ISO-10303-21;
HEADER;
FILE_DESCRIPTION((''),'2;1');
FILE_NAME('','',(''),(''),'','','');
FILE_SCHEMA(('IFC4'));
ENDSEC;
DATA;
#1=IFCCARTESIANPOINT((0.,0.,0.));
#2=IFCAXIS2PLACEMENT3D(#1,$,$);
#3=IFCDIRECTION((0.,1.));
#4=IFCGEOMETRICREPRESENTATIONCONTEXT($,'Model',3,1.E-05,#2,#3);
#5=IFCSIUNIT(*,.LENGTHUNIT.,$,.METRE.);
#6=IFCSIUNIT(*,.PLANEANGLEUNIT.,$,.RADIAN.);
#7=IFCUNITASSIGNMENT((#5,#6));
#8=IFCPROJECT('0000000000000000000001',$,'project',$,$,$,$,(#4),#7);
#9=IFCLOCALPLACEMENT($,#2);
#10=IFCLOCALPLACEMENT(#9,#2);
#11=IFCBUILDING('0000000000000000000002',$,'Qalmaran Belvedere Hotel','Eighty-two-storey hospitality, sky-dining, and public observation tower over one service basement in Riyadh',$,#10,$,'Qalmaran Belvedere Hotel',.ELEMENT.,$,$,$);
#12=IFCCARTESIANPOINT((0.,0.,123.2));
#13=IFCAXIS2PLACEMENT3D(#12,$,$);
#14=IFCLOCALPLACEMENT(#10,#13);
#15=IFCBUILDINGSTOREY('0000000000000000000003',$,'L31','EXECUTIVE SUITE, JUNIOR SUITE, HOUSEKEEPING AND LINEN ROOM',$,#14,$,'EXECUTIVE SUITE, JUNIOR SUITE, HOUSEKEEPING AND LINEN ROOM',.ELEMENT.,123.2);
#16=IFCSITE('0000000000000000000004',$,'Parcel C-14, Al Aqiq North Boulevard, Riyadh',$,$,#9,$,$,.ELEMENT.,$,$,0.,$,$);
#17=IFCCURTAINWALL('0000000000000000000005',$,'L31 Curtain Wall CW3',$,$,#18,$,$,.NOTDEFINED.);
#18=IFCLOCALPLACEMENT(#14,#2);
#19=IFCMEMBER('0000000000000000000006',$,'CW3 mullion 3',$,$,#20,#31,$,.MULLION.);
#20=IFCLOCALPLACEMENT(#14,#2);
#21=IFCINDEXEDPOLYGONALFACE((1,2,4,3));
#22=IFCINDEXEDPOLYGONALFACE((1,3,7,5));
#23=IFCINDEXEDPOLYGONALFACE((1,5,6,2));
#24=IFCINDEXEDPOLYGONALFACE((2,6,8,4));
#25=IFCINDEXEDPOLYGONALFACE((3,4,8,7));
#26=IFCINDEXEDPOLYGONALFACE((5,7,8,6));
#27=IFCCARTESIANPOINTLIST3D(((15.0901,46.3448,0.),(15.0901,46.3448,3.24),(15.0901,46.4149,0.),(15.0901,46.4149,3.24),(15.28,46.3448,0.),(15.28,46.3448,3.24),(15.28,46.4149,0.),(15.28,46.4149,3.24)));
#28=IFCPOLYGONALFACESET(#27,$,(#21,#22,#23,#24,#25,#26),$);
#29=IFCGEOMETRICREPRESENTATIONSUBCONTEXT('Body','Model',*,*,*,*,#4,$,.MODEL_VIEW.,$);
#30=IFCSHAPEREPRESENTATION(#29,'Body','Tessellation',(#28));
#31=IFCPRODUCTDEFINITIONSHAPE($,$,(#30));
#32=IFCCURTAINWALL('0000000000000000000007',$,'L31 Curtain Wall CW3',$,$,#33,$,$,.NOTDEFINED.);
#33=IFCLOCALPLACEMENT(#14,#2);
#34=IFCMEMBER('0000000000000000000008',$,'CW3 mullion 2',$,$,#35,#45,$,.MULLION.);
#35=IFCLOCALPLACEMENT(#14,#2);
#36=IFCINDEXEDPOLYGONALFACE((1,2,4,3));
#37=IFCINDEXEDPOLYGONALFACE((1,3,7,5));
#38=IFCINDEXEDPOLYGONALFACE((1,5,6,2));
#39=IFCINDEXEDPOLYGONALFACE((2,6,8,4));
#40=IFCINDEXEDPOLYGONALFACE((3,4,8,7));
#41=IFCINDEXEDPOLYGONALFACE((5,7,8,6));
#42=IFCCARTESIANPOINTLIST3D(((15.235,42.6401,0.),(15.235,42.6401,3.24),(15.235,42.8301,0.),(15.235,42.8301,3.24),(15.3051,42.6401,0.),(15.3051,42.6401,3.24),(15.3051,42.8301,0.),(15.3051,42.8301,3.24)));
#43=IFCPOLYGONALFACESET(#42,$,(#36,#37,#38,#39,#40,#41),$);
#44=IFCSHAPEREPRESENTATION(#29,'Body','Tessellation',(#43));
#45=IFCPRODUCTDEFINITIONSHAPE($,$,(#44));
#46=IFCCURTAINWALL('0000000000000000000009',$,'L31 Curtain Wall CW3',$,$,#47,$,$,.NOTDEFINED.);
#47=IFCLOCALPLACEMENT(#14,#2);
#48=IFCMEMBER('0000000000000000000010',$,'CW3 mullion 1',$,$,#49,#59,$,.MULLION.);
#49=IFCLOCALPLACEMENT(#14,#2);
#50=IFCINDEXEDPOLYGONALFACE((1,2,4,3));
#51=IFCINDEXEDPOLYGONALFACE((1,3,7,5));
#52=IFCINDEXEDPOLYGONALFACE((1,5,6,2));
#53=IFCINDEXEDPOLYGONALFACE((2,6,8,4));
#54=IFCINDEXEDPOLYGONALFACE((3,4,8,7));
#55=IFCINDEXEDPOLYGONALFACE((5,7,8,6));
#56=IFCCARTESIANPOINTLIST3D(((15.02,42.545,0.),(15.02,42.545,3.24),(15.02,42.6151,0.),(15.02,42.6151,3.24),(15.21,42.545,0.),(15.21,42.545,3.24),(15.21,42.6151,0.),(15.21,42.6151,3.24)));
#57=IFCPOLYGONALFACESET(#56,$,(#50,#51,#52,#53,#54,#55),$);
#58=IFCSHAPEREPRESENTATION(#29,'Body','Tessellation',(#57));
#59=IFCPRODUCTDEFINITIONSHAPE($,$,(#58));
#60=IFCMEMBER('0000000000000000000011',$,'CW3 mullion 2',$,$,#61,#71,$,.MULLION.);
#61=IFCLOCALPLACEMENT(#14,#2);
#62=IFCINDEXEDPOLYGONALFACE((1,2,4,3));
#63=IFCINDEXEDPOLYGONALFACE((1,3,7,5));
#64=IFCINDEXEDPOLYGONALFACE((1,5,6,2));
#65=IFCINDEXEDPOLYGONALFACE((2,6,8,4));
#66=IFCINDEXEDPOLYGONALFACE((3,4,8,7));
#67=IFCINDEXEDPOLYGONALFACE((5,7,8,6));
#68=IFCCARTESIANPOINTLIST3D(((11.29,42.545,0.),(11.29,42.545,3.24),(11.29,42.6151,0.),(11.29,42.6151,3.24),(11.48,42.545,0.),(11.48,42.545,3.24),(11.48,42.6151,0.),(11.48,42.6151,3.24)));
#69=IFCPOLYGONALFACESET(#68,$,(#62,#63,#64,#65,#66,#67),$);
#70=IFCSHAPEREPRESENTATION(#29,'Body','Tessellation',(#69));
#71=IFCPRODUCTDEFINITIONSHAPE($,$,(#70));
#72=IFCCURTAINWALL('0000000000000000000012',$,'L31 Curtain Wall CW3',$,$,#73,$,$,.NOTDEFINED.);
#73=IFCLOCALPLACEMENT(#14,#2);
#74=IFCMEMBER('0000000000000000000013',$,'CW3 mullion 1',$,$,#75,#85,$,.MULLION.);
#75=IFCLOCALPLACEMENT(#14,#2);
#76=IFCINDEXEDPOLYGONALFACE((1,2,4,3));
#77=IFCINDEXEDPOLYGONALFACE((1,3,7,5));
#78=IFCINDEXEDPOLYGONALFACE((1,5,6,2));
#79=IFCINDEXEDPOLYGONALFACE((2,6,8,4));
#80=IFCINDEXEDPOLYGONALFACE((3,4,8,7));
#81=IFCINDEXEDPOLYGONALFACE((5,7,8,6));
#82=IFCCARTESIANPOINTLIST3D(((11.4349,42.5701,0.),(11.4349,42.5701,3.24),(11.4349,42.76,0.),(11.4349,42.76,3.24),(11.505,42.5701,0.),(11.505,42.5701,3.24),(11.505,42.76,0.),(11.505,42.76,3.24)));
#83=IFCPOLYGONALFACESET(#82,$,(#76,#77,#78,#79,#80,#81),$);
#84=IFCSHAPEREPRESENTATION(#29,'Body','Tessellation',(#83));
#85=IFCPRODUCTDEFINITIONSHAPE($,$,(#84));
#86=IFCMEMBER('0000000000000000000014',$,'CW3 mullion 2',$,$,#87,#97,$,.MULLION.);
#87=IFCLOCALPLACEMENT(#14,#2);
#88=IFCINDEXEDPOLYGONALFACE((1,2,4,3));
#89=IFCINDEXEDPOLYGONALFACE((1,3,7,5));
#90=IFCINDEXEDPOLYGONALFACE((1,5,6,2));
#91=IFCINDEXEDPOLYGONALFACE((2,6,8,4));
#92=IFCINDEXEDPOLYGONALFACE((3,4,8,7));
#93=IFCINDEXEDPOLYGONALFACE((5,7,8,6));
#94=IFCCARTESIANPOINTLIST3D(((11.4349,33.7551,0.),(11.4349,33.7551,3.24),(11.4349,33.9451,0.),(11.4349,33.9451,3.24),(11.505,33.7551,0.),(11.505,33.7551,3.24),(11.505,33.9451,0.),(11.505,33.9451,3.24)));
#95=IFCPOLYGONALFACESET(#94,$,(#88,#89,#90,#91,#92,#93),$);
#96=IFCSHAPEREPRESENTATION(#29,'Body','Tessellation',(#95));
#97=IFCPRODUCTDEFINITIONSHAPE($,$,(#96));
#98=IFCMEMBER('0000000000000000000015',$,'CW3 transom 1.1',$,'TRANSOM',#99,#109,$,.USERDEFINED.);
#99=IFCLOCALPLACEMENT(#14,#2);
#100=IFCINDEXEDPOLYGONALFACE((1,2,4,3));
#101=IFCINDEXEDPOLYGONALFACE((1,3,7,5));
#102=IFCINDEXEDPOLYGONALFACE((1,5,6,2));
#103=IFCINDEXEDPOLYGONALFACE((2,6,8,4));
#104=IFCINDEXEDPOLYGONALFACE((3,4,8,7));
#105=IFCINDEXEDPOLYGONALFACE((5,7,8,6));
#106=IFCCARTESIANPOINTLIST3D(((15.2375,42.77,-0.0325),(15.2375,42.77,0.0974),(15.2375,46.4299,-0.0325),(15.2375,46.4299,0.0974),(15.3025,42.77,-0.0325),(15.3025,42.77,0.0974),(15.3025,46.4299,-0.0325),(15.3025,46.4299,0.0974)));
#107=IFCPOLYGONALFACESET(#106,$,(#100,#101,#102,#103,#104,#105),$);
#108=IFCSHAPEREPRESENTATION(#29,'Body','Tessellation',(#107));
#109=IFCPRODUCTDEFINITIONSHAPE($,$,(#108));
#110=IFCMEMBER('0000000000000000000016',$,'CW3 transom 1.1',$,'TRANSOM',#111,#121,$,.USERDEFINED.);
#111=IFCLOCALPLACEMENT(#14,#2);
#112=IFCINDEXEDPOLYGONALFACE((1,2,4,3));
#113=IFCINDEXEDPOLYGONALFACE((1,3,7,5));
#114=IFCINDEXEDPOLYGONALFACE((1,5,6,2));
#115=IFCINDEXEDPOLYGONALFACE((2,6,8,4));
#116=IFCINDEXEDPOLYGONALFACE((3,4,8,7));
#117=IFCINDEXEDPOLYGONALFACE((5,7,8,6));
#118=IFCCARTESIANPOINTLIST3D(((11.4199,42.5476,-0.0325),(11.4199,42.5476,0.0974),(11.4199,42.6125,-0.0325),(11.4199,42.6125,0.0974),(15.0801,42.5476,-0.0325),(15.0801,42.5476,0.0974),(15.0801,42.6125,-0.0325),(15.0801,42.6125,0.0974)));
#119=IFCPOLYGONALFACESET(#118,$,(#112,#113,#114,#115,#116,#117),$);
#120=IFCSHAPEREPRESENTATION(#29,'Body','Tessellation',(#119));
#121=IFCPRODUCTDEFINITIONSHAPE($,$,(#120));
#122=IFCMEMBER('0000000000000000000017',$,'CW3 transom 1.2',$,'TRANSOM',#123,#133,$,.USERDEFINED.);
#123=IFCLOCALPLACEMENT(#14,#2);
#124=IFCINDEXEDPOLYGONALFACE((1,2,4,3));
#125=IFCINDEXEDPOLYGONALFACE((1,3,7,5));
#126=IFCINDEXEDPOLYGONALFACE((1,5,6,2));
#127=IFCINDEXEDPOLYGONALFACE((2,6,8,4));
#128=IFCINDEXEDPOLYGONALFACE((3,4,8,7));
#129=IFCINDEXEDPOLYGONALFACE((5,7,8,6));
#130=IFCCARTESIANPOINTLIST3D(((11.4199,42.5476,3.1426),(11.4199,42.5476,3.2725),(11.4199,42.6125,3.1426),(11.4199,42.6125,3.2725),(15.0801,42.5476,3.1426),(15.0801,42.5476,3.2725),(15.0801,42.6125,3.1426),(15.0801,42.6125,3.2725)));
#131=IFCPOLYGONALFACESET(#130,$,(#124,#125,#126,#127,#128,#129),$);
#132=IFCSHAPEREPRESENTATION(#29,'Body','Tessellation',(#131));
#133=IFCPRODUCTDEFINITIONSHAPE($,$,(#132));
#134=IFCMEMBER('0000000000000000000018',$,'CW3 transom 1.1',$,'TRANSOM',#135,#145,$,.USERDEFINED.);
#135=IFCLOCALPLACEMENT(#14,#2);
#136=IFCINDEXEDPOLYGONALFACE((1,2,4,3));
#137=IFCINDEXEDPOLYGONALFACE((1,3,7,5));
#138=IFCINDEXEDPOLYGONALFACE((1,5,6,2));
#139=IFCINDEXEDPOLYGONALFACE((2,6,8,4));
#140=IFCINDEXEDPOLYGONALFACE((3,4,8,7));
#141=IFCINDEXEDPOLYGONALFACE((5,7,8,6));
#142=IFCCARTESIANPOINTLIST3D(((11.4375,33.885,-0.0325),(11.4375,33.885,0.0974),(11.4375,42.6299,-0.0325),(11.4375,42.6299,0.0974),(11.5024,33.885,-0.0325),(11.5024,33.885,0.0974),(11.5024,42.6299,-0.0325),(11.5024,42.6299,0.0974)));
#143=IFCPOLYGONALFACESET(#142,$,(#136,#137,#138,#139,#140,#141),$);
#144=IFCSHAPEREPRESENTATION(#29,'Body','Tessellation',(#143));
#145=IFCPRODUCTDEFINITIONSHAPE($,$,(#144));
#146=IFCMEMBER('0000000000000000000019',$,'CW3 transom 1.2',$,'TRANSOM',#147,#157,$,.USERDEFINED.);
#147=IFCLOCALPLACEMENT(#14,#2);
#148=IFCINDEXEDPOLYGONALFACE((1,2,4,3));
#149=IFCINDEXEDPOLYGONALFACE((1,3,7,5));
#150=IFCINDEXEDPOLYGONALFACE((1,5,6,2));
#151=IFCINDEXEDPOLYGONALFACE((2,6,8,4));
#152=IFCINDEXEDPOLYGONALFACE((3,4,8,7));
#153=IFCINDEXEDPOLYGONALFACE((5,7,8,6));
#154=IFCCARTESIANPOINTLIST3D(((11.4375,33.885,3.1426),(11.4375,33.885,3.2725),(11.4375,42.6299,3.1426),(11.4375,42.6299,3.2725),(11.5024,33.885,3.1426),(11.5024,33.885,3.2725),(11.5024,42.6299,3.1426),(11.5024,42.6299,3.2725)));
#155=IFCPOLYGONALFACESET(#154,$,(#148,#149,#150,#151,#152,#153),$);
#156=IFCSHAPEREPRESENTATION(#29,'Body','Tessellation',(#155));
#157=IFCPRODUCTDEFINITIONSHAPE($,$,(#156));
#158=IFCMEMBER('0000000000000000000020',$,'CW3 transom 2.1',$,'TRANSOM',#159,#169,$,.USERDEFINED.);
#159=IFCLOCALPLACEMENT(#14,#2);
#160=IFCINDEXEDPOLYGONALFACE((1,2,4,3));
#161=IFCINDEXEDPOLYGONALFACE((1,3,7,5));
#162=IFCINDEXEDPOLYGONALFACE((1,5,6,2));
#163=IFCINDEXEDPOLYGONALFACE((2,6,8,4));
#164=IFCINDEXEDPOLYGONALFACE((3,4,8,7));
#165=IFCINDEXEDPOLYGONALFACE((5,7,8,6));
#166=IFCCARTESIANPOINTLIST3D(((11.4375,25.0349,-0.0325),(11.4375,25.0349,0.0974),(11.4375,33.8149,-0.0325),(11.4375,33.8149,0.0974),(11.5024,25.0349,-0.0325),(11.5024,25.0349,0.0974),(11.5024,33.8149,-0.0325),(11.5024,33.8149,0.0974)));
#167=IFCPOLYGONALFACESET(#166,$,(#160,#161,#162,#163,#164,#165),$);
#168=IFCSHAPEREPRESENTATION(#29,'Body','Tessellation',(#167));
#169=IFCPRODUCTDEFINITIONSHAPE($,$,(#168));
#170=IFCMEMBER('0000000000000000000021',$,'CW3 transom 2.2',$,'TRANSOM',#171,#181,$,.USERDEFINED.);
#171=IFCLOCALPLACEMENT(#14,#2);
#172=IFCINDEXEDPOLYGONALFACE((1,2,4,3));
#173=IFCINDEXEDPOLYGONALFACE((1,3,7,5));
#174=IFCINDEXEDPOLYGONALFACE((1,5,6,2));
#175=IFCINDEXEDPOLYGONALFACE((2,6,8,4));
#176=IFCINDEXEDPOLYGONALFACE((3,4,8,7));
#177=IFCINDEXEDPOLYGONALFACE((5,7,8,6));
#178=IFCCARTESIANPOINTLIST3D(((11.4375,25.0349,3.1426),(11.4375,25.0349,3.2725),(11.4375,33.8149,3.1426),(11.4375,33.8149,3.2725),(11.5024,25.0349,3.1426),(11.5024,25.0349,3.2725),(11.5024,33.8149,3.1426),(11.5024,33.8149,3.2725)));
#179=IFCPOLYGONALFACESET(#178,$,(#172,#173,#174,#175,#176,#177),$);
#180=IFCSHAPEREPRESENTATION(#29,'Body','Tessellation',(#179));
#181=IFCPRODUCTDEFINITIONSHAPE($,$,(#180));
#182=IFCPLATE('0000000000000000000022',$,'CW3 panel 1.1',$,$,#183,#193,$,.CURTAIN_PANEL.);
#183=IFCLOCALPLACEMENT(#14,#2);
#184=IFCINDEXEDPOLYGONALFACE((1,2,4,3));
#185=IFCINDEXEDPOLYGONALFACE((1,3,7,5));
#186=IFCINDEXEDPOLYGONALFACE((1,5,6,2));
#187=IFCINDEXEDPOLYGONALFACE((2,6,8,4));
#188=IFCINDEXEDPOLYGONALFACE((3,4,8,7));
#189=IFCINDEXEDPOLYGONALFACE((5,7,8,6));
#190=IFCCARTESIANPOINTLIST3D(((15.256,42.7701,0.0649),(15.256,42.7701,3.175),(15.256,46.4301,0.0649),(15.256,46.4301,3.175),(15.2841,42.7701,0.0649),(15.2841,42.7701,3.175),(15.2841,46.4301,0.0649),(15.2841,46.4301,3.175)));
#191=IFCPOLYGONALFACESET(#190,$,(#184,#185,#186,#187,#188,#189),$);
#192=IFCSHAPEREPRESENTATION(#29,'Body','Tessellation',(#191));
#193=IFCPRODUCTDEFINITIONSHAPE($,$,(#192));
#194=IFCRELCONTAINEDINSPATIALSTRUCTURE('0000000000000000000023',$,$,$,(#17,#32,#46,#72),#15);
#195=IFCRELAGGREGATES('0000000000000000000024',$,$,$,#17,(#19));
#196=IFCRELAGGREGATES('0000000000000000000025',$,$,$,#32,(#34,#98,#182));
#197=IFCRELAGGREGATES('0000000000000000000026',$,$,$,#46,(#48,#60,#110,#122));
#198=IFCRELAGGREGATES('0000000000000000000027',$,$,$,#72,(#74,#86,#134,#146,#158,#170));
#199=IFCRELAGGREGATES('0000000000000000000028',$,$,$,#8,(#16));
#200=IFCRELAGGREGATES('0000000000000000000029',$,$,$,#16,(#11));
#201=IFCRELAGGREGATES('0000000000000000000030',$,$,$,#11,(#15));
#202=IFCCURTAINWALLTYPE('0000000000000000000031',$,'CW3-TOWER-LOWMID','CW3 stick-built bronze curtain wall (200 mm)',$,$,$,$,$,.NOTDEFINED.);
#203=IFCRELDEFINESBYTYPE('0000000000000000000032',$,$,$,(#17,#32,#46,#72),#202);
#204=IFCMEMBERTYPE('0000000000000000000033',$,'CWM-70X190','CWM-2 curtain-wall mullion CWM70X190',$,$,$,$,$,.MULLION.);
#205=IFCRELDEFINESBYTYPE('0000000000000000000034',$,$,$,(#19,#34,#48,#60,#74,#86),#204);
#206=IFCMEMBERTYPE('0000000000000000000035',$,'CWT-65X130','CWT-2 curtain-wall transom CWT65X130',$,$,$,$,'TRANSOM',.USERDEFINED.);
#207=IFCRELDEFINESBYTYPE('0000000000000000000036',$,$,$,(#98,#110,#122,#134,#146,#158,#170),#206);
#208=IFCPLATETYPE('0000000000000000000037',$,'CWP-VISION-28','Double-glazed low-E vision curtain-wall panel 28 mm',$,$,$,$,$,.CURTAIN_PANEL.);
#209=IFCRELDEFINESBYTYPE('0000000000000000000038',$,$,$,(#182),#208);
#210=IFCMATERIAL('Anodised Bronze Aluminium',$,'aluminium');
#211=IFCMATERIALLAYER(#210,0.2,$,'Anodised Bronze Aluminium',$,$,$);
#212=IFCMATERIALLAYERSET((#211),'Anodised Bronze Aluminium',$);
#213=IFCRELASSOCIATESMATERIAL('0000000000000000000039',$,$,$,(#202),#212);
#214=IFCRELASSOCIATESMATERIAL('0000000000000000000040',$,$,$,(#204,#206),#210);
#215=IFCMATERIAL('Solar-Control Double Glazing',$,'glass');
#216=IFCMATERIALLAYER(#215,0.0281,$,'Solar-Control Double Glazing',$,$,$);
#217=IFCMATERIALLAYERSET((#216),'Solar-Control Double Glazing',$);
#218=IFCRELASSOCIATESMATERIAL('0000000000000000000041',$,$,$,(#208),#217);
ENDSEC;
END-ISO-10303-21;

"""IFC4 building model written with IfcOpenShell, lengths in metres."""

from ifc_helpers import new_model, si_unit, direction, frame, origin, origin_2d, place, context, subcontext, project, spatial, rectangle, extrude, material, layer, layer_set, material_profile, profile_set, type_object, element, aggregate, save


model = new_model("IFC4")

# Units and contexts
model_context = context("Model", 3, precision=1e-05, world=origin(), true_north=direction((0.0, 1.0)))
body_context = subcontext(model_context, "Body", "Model", "MODEL_VIEW")
ifc_project = project(units=[si_unit("LENGTHUNIT", "METRE"), si_unit("PLANEANGLEUNIT", "RADIAN")], contexts=[model_context])

# Site, building, storey
site_placement = place(None, origin())
site = spatial("IfcSite", under=ifc_project, at=site_placement, Name="Parcel C-14, Al Aqiq North Boulevard, Riyadh", CompositionType="ELEMENT", RefElevation=0.0)
building_placement = place(site_placement, origin())
building = spatial("IfcBuilding", under=site, at=building_placement, Name="Qalmaran Belvedere Hotel", Description="Eighty-two-storey hospitality, sky-dining, and public observation tower over one service basement in Riyadh", LongName="Qalmaran Belvedere Hotel", CompositionType="ELEMENT")
storey_placement = place(building_placement, frame((0.0, 0.0, 123.2)))
storey = spatial("IfcBuildingStorey", under=building, at=storey_placement, Name="L31", Description="EXECUTIVE SUITE, JUNIOR SUITE, HOUSEKEEPING AND LINEN ROOM", LongName="EXECUTIVE SUITE, JUNIOR SUITE, HOUSEKEEPING AND LINEN ROOM", CompositionType="ELEMENT", Elevation=123.2)

# Curtain walls, members
ifc_material_1 = material(Name="Anodised Bronze Aluminium", Category="aluminium")
ifc_layer_1 = layer(ifc_material_1, 0.2, Name="Anodised Bronze Aluminium")
ifc_layer_set_1 = layer_set([ifc_layer_1], Name="Anodised Bronze Aluminium")
curtain_wall_type = type_object("IfcCurtainWallType", Name="CW3-TOWER-LOWMID", Description="CW3 stick-built bronze curtain wall (200 mm)", PredefinedType="NOTDEFINED", material=ifc_layer_set_1)
curtain_wall_1_placement = place(storey_placement, origin())
curtain_wall_1 = element("IfcCurtainWall", 1, at=curtain_wall_1_placement, inside=storey, type_object=curtain_wall_type, Name="L31 Curtain Wall CW3", PredefinedType="NOTDEFINED")
ifc_material_profile_1 = material_profile(ifc_material_1, rectangle(XDim=0.0701, YDim=0.1899, at=origin_2d()), Name="CWM70X190")
ifc_profile_set_1 = profile_set([ifc_material_profile_1], Name="Anodised Bronze Aluminium")
member_type_1 = type_object("IfcMemberType", Name="CWM-70X190", Description="CWM-2 curtain-wall mullion CWM70X190", PredefinedType="MULLION", material=ifc_profile_set_1)
member_1_placement = place(storey_placement, frame((15.1851, 46.3799, 0.0), z_axis=(0.0, 0.0, 1.0), x_axis=(0.0, -1.0, 0.0)))
member_1 = element("IfcMember", 2, at=member_1_placement, type_object=member_type_1, Name="CW3 mullion 3", PredefinedType="MULLION", context=body_context, shape_type="SweptSolid", body=[
    extrude(rectangle(XDim=0.0701, YDim=0.1899, at=origin_2d()), origin(), (0.0, 0.0, 1.0), 3.24),
])
aggregate(curtain_wall_1, [member_1])
curtain_wall_2_placement = place(storey_placement, origin())
curtain_wall_2 = element("IfcCurtainWall", 3, at=curtain_wall_2_placement, inside=storey, type_object=curtain_wall_type, Name="L31 Curtain Wall CW3", PredefinedType="NOTDEFINED")
member_2_placement = place(storey_placement, frame((15.27, 42.7351, 0.0), z_axis=(0.0, 0.0, 1.0), x_axis=(1.0, 0.0, 0.0)))
member_2 = element("IfcMember", 4, at=member_2_placement, type_object=member_type_1, Name="CW3 mullion 2", PredefinedType="MULLION", context=body_context, shape_type="SweptSolid", body=[
    extrude(rectangle(XDim=0.0701, YDim=0.1899, at=origin_2d()), origin(), (0.0, 0.0, 1.0), 3.24),
])

# Curtain walls, members
curtain_wall_3_placement = place(storey_placement, origin())
curtain_wall_3 = element("IfcCurtainWall", 5, at=curtain_wall_3_placement, inside=storey, type_object=curtain_wall_type, Name="L31 Curtain Wall CW3", PredefinedType="NOTDEFINED")
member_3_placement = place(storey_placement, frame((15.115, 42.5801, 0.0), z_axis=(0.0, 0.0, 1.0), x_axis=(0.0, -1.0, 0.0)))
member_3 = element("IfcMember", 6, at=member_3_placement, type_object=member_type_1, Name="CW3 mullion 1", PredefinedType="MULLION", context=body_context, shape_type="SweptSolid", body=[
    extrude(rectangle(XDim=0.0701, YDim=0.1899, at=origin_2d()), origin(), (0.0, 0.0, 1.0), 3.24),
])
member_4_placement = place(storey_placement, frame((11.385, 42.5801, 0.0), z_axis=(0.0, 0.0, 1.0), x_axis=(0.0, -1.0, 0.0)))
member_4 = element("IfcMember", 7, at=member_4_placement, type_object=member_type_1, Name="CW3 mullion 2", PredefinedType="MULLION", context=body_context, shape_type="SweptSolid", body=[
    extrude(rectangle(XDim=0.0701, YDim=0.1899, at=origin_2d()), origin(), (0.0, 0.0, 1.0), 3.24),
])
curtain_wall_4_placement = place(storey_placement, origin())
curtain_wall_4 = element("IfcCurtainWall", 8, at=curtain_wall_4_placement, inside=storey, type_object=curtain_wall_type, Name="L31 Curtain Wall CW3", PredefinedType="NOTDEFINED")
member_5_placement = place(storey_placement, frame((11.47, 42.665, 0.0), z_axis=(0.0, 0.0, 1.0), x_axis=(1.0, 0.0, 0.0)))
member_5 = element("IfcMember", 9, at=member_5_placement, type_object=member_type_1, Name="CW3 mullion 1", PredefinedType="MULLION", context=body_context, shape_type="SweptSolid", body=[
    extrude(rectangle(XDim=0.0701, YDim=0.1899, at=origin_2d()), origin(), (0.0, 0.0, 1.0), 3.24),
])
member_6_placement = place(storey_placement, frame((11.47, 33.8501, 0.0), z_axis=(0.0, 0.0, 1.0), x_axis=(1.0, 0.0, 0.0)))
member_6 = element("IfcMember", 10, at=member_6_placement, type_object=member_type_1, Name="CW3 mullion 2", PredefinedType="MULLION", context=body_context, shape_type="SweptSolid", body=[
    extrude(rectangle(XDim=0.0701, YDim=0.1899, at=origin_2d()), origin(), (0.0, 0.0, 1.0), 3.24),
])

# Members
ifc_material_profile_2 = material_profile(ifc_material_1, rectangle(XDim=0.0649, YDim=0.1299, at=origin_2d()), Name="CWT65X130")
ifc_profile_set_2 = profile_set([ifc_material_profile_2], Name="Anodised Bronze Aluminium")
member_type_2 = type_object("IfcMemberType", Name="CWT-65X130", Description="CWT-2 curtain-wall transom CWT65X130", ElementType="TRANSOM", PredefinedType="USERDEFINED", material=ifc_profile_set_2)
member_7_placement = place(storey_placement, frame((15.27, 46.4299, 0.0325), z_axis=(0.0, -1.0, 0.0), x_axis=(1.0, 0.0, 0.0)))
member_7 = element("IfcMember", 11, at=member_7_placement, type_object=member_type_2, Name="CW3 transom 1.1", ObjectType="TRANSOM", PredefinedType="USERDEFINED", context=body_context, shape_type="SweptSolid", body=[
    extrude(rectangle(XDim=0.0649, YDim=0.1299, at=origin_2d()), origin(), (0.0, 0.0, 1.0), 3.6599),
])
member_8_placement = place(storey_placement, frame((15.0801, 42.5801, 0.0325), z_axis=(-1.0, 0.0, 0.0), x_axis=(0.0, -1.0, 0.0)))
member_8 = element("IfcMember", 12, at=member_8_placement, type_object=member_type_2, Name="CW3 transom 1.1", ObjectType="TRANSOM", PredefinedType="USERDEFINED", context=body_context, shape_type="SweptSolid", body=[
    extrude(rectangle(XDim=0.0649, YDim=0.1299, at=origin_2d()), origin(), (0.0, 0.0, 1.0), 3.6602),
])
member_9_placement = place(storey_placement, frame((15.0801, 42.5801, 3.2075), z_axis=(-1.0, 0.0, 0.0), x_axis=(0.0, -1.0, 0.0)))
member_9 = element("IfcMember", 13, at=member_9_placement, type_object=member_type_2, Name="CW3 transom 1.2", ObjectType="TRANSOM", PredefinedType="USERDEFINED", context=body_context, shape_type="SweptSolid", body=[
    extrude(rectangle(XDim=0.0649, YDim=0.1299, at=origin_2d()), origin(), (0.0, 0.0, 1.0), 3.6602),
])
member_10_placement = place(storey_placement, frame((11.47, 42.6299, 0.0325), z_axis=(0.0, -1.0, 0.0), x_axis=(1.0, 0.0, 0.0)))
member_10 = element("IfcMember", 14, at=member_10_placement, type_object=member_type_2, Name="CW3 transom 1.1", ObjectType="TRANSOM", PredefinedType="USERDEFINED", context=body_context, shape_type="SweptSolid", body=[
    extrude(rectangle(XDim=0.0649, YDim=0.1299, at=origin_2d()), origin(), (0.0, 0.0, 1.0), 8.7449),
])
member_11_placement = place(storey_placement, frame((11.47, 42.6299, 3.2075), z_axis=(0.0, -1.0, 0.0), x_axis=(1.0, 0.0, 0.0)))
member_11 = element("IfcMember", 15, at=member_11_placement, type_object=member_type_2, Name="CW3 transom 1.2", ObjectType="TRANSOM", PredefinedType="USERDEFINED", context=body_context, shape_type="SweptSolid", body=[
    extrude(rectangle(XDim=0.0649, YDim=0.1299, at=origin_2d()), origin(), (0.0, 0.0, 1.0), 8.7449),
])
member_12_placement = place(storey_placement, frame((11.47, 33.8149, 0.0325), z_axis=(0.0, -1.0, 0.0), x_axis=(1.0, 0.0, 0.0)))
member_12 = element("IfcMember", 16, at=member_12_placement, type_object=member_type_2, Name="CW3 transom 2.1", ObjectType="TRANSOM", PredefinedType="USERDEFINED", context=body_context, shape_type="SweptSolid", body=[
    extrude(rectangle(XDim=0.0649, YDim=0.1299, at=origin_2d()), origin(), (0.0, 0.0, 1.0), 8.78),
])
member_13_placement = place(storey_placement, frame((11.47, 33.8149, 3.2075), z_axis=(0.0, -1.0, 0.0), x_axis=(1.0, 0.0, 0.0)))
member_13 = element("IfcMember", 17, at=member_13_placement, type_object=member_type_2, Name="CW3 transom 2.2", ObjectType="TRANSOM", PredefinedType="USERDEFINED", context=body_context, shape_type="SweptSolid", body=[
    extrude(rectangle(XDim=0.0649, YDim=0.1299, at=origin_2d()), origin(), (0.0, 0.0, 1.0), 8.78),
])

# Plate
ifc_material_2 = material(Name="Solar-Control Double Glazing", Category="glass")
ifc_layer_2 = layer(ifc_material_2, 0.0281, Name="Solar-Control Double Glazing")
ifc_layer_set_2 = layer_set([ifc_layer_2], Name="Solar-Control Double Glazing")
plate_type = type_object("IfcPlateType", Name="CWP-VISION-28", Description="Double-glazed low-E vision curtain-wall panel 28 mm", PredefinedType="CURTAIN_PANEL", material=ifc_layer_set_2)
plate_1_placement = place(storey_placement, frame((15.27, 44.6001, 0.0649), z_axis=(0.0, 0.0, 1.0), x_axis=(0.0, -1.0, 0.0)))
plate_1 = element("IfcPlate", 18, at=plate_1_placement, type_object=plate_type, Name="CW3 panel 1.1", PredefinedType="CURTAIN_PANEL", context=body_context, shape_type="SweptSolid", body=[
    extrude(rectangle(XDim=3.6599, YDim=0.0281, at=origin_2d()), origin(), (0.0, 0.0, 1.0), 3.1101),
])
aggregate(curtain_wall_2, [member_2, member_7, plate_1])
aggregate(curtain_wall_3, [member_3, member_4, member_8, member_9])
aggregate(curtain_wall_4, [member_5, member_6, member_10, member_11, member_12, member_13])

save(model, "model.ifc")
